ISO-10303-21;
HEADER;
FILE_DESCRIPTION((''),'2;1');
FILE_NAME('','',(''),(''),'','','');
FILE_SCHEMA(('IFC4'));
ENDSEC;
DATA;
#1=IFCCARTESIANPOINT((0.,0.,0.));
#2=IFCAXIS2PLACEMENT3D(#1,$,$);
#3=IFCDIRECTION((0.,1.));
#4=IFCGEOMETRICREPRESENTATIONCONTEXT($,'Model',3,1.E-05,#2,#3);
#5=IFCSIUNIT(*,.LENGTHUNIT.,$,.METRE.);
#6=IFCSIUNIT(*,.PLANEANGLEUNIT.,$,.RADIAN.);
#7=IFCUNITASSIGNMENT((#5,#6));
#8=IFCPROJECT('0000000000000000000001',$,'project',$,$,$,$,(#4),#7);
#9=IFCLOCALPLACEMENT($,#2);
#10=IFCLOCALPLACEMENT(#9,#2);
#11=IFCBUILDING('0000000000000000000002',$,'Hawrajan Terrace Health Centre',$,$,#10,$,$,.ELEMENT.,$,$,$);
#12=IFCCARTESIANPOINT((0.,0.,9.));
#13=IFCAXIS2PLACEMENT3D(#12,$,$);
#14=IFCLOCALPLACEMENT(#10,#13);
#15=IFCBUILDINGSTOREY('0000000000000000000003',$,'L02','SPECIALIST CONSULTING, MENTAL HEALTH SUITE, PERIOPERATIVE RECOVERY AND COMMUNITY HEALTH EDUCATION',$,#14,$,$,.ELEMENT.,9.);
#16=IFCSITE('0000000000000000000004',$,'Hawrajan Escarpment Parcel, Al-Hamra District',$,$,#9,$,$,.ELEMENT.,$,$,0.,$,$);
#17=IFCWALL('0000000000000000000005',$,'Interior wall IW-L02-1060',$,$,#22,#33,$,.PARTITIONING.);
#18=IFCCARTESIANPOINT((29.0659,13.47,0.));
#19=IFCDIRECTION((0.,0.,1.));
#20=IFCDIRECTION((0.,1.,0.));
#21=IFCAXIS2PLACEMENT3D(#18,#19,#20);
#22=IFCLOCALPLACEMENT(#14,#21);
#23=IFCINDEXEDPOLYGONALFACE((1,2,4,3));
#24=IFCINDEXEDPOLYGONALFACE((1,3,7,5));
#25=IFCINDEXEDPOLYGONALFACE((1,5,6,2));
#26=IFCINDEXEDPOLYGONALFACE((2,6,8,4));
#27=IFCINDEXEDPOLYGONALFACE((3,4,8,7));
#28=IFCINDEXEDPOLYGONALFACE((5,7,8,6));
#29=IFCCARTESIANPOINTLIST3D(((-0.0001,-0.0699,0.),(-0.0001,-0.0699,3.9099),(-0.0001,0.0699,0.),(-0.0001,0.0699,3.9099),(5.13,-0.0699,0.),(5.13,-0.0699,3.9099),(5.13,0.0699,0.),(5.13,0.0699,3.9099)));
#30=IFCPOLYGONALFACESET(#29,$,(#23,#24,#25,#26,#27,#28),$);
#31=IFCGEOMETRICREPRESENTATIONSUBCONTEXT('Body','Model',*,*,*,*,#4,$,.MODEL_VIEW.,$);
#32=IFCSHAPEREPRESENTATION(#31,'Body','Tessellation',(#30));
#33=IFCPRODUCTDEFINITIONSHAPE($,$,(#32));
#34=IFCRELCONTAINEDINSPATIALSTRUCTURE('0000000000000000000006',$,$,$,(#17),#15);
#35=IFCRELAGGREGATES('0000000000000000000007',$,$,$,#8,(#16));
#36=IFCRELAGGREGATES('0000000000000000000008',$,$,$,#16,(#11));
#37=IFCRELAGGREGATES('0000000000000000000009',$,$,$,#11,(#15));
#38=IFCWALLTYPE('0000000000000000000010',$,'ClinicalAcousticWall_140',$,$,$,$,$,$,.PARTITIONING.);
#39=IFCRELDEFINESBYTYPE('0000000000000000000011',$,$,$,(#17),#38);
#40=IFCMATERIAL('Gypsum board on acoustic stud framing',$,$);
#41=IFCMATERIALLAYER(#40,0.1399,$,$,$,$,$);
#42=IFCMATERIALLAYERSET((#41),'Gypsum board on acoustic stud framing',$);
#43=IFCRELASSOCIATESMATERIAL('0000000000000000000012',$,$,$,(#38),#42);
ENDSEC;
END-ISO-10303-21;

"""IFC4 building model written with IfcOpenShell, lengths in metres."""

from ifc_helpers import new_model, si_unit, direction, frame, frame_2d, origin, place, context, subcontext, project, spatial, rectangle, extrude, material, layer, layer_set, type_object, element, save


model = new_model("IFC4")

# Units and contexts
model_context = context("Model", 3, precision=1e-05, world=origin(), true_north=direction((0.0, 1.0)))
body_context = subcontext(model_context, "Body", "Model", "MODEL_VIEW")
ifc_project = project(units=[si_unit("LENGTHUNIT", "METRE"), si_unit("PLANEANGLEUNIT", "RADIAN")], contexts=[model_context])

# Site, building, storey
site_placement = place(None, origin())
site = spatial("IfcSite", under=ifc_project, at=site_placement, Name="Hawrajan Escarpment Parcel, Al-Hamra District", CompositionType="ELEMENT", RefElevation=0.0)
building_placement = place(site_placement, origin())
building = spatial("IfcBuilding", under=site, at=building_placement, Name="Hawrajan Terrace Health Centre", CompositionType="ELEMENT")
storey_placement = place(building_placement, frame((0.0, 0.0, 9.0)))
storey = spatial("IfcBuildingStorey", under=building, at=storey_placement, Name="L02", Description="SPECIALIST CONSULTING, MENTAL HEALTH SUITE, PERIOPERATIVE RECOVERY AND COMMUNITY HEALTH EDUCATION", CompositionType="ELEMENT", Elevation=9.0)

# Wall
ifc_material_1 = material(Name="Gypsum board on acoustic stud framing")
ifc_layer_1 = layer(ifc_material_1, 0.1399)
ifc_layer_set_1 = layer_set([ifc_layer_1], Name="Gypsum board on acoustic stud framing")
wall_type = type_object("IfcWallType", Name="ClinicalAcousticWall_140", PredefinedType="PARTITIONING", material=ifc_layer_set_1)
wall_1_placement = place(storey_placement, frame((29.0659, 13.47, 0.0), z_axis=(0.0, 0.0, 1.0), x_axis=(0.0, 1.0, 0.0)))
element("IfcWall", 1, at=wall_1_placement, inside=storey, type_object=wall_type, Name="Interior wall IW-L02-1060", PredefinedType="PARTITIONING", context=body_context, shape_type="SweptSolid", body=[
    extrude(rectangle(XDim=5.1301, YDim=0.1399, at=frame_2d((2.5649, 0.0))), origin(), (0.0, 0.0, 1.0), 3.9099),
])

save(model, "model.ifc")
